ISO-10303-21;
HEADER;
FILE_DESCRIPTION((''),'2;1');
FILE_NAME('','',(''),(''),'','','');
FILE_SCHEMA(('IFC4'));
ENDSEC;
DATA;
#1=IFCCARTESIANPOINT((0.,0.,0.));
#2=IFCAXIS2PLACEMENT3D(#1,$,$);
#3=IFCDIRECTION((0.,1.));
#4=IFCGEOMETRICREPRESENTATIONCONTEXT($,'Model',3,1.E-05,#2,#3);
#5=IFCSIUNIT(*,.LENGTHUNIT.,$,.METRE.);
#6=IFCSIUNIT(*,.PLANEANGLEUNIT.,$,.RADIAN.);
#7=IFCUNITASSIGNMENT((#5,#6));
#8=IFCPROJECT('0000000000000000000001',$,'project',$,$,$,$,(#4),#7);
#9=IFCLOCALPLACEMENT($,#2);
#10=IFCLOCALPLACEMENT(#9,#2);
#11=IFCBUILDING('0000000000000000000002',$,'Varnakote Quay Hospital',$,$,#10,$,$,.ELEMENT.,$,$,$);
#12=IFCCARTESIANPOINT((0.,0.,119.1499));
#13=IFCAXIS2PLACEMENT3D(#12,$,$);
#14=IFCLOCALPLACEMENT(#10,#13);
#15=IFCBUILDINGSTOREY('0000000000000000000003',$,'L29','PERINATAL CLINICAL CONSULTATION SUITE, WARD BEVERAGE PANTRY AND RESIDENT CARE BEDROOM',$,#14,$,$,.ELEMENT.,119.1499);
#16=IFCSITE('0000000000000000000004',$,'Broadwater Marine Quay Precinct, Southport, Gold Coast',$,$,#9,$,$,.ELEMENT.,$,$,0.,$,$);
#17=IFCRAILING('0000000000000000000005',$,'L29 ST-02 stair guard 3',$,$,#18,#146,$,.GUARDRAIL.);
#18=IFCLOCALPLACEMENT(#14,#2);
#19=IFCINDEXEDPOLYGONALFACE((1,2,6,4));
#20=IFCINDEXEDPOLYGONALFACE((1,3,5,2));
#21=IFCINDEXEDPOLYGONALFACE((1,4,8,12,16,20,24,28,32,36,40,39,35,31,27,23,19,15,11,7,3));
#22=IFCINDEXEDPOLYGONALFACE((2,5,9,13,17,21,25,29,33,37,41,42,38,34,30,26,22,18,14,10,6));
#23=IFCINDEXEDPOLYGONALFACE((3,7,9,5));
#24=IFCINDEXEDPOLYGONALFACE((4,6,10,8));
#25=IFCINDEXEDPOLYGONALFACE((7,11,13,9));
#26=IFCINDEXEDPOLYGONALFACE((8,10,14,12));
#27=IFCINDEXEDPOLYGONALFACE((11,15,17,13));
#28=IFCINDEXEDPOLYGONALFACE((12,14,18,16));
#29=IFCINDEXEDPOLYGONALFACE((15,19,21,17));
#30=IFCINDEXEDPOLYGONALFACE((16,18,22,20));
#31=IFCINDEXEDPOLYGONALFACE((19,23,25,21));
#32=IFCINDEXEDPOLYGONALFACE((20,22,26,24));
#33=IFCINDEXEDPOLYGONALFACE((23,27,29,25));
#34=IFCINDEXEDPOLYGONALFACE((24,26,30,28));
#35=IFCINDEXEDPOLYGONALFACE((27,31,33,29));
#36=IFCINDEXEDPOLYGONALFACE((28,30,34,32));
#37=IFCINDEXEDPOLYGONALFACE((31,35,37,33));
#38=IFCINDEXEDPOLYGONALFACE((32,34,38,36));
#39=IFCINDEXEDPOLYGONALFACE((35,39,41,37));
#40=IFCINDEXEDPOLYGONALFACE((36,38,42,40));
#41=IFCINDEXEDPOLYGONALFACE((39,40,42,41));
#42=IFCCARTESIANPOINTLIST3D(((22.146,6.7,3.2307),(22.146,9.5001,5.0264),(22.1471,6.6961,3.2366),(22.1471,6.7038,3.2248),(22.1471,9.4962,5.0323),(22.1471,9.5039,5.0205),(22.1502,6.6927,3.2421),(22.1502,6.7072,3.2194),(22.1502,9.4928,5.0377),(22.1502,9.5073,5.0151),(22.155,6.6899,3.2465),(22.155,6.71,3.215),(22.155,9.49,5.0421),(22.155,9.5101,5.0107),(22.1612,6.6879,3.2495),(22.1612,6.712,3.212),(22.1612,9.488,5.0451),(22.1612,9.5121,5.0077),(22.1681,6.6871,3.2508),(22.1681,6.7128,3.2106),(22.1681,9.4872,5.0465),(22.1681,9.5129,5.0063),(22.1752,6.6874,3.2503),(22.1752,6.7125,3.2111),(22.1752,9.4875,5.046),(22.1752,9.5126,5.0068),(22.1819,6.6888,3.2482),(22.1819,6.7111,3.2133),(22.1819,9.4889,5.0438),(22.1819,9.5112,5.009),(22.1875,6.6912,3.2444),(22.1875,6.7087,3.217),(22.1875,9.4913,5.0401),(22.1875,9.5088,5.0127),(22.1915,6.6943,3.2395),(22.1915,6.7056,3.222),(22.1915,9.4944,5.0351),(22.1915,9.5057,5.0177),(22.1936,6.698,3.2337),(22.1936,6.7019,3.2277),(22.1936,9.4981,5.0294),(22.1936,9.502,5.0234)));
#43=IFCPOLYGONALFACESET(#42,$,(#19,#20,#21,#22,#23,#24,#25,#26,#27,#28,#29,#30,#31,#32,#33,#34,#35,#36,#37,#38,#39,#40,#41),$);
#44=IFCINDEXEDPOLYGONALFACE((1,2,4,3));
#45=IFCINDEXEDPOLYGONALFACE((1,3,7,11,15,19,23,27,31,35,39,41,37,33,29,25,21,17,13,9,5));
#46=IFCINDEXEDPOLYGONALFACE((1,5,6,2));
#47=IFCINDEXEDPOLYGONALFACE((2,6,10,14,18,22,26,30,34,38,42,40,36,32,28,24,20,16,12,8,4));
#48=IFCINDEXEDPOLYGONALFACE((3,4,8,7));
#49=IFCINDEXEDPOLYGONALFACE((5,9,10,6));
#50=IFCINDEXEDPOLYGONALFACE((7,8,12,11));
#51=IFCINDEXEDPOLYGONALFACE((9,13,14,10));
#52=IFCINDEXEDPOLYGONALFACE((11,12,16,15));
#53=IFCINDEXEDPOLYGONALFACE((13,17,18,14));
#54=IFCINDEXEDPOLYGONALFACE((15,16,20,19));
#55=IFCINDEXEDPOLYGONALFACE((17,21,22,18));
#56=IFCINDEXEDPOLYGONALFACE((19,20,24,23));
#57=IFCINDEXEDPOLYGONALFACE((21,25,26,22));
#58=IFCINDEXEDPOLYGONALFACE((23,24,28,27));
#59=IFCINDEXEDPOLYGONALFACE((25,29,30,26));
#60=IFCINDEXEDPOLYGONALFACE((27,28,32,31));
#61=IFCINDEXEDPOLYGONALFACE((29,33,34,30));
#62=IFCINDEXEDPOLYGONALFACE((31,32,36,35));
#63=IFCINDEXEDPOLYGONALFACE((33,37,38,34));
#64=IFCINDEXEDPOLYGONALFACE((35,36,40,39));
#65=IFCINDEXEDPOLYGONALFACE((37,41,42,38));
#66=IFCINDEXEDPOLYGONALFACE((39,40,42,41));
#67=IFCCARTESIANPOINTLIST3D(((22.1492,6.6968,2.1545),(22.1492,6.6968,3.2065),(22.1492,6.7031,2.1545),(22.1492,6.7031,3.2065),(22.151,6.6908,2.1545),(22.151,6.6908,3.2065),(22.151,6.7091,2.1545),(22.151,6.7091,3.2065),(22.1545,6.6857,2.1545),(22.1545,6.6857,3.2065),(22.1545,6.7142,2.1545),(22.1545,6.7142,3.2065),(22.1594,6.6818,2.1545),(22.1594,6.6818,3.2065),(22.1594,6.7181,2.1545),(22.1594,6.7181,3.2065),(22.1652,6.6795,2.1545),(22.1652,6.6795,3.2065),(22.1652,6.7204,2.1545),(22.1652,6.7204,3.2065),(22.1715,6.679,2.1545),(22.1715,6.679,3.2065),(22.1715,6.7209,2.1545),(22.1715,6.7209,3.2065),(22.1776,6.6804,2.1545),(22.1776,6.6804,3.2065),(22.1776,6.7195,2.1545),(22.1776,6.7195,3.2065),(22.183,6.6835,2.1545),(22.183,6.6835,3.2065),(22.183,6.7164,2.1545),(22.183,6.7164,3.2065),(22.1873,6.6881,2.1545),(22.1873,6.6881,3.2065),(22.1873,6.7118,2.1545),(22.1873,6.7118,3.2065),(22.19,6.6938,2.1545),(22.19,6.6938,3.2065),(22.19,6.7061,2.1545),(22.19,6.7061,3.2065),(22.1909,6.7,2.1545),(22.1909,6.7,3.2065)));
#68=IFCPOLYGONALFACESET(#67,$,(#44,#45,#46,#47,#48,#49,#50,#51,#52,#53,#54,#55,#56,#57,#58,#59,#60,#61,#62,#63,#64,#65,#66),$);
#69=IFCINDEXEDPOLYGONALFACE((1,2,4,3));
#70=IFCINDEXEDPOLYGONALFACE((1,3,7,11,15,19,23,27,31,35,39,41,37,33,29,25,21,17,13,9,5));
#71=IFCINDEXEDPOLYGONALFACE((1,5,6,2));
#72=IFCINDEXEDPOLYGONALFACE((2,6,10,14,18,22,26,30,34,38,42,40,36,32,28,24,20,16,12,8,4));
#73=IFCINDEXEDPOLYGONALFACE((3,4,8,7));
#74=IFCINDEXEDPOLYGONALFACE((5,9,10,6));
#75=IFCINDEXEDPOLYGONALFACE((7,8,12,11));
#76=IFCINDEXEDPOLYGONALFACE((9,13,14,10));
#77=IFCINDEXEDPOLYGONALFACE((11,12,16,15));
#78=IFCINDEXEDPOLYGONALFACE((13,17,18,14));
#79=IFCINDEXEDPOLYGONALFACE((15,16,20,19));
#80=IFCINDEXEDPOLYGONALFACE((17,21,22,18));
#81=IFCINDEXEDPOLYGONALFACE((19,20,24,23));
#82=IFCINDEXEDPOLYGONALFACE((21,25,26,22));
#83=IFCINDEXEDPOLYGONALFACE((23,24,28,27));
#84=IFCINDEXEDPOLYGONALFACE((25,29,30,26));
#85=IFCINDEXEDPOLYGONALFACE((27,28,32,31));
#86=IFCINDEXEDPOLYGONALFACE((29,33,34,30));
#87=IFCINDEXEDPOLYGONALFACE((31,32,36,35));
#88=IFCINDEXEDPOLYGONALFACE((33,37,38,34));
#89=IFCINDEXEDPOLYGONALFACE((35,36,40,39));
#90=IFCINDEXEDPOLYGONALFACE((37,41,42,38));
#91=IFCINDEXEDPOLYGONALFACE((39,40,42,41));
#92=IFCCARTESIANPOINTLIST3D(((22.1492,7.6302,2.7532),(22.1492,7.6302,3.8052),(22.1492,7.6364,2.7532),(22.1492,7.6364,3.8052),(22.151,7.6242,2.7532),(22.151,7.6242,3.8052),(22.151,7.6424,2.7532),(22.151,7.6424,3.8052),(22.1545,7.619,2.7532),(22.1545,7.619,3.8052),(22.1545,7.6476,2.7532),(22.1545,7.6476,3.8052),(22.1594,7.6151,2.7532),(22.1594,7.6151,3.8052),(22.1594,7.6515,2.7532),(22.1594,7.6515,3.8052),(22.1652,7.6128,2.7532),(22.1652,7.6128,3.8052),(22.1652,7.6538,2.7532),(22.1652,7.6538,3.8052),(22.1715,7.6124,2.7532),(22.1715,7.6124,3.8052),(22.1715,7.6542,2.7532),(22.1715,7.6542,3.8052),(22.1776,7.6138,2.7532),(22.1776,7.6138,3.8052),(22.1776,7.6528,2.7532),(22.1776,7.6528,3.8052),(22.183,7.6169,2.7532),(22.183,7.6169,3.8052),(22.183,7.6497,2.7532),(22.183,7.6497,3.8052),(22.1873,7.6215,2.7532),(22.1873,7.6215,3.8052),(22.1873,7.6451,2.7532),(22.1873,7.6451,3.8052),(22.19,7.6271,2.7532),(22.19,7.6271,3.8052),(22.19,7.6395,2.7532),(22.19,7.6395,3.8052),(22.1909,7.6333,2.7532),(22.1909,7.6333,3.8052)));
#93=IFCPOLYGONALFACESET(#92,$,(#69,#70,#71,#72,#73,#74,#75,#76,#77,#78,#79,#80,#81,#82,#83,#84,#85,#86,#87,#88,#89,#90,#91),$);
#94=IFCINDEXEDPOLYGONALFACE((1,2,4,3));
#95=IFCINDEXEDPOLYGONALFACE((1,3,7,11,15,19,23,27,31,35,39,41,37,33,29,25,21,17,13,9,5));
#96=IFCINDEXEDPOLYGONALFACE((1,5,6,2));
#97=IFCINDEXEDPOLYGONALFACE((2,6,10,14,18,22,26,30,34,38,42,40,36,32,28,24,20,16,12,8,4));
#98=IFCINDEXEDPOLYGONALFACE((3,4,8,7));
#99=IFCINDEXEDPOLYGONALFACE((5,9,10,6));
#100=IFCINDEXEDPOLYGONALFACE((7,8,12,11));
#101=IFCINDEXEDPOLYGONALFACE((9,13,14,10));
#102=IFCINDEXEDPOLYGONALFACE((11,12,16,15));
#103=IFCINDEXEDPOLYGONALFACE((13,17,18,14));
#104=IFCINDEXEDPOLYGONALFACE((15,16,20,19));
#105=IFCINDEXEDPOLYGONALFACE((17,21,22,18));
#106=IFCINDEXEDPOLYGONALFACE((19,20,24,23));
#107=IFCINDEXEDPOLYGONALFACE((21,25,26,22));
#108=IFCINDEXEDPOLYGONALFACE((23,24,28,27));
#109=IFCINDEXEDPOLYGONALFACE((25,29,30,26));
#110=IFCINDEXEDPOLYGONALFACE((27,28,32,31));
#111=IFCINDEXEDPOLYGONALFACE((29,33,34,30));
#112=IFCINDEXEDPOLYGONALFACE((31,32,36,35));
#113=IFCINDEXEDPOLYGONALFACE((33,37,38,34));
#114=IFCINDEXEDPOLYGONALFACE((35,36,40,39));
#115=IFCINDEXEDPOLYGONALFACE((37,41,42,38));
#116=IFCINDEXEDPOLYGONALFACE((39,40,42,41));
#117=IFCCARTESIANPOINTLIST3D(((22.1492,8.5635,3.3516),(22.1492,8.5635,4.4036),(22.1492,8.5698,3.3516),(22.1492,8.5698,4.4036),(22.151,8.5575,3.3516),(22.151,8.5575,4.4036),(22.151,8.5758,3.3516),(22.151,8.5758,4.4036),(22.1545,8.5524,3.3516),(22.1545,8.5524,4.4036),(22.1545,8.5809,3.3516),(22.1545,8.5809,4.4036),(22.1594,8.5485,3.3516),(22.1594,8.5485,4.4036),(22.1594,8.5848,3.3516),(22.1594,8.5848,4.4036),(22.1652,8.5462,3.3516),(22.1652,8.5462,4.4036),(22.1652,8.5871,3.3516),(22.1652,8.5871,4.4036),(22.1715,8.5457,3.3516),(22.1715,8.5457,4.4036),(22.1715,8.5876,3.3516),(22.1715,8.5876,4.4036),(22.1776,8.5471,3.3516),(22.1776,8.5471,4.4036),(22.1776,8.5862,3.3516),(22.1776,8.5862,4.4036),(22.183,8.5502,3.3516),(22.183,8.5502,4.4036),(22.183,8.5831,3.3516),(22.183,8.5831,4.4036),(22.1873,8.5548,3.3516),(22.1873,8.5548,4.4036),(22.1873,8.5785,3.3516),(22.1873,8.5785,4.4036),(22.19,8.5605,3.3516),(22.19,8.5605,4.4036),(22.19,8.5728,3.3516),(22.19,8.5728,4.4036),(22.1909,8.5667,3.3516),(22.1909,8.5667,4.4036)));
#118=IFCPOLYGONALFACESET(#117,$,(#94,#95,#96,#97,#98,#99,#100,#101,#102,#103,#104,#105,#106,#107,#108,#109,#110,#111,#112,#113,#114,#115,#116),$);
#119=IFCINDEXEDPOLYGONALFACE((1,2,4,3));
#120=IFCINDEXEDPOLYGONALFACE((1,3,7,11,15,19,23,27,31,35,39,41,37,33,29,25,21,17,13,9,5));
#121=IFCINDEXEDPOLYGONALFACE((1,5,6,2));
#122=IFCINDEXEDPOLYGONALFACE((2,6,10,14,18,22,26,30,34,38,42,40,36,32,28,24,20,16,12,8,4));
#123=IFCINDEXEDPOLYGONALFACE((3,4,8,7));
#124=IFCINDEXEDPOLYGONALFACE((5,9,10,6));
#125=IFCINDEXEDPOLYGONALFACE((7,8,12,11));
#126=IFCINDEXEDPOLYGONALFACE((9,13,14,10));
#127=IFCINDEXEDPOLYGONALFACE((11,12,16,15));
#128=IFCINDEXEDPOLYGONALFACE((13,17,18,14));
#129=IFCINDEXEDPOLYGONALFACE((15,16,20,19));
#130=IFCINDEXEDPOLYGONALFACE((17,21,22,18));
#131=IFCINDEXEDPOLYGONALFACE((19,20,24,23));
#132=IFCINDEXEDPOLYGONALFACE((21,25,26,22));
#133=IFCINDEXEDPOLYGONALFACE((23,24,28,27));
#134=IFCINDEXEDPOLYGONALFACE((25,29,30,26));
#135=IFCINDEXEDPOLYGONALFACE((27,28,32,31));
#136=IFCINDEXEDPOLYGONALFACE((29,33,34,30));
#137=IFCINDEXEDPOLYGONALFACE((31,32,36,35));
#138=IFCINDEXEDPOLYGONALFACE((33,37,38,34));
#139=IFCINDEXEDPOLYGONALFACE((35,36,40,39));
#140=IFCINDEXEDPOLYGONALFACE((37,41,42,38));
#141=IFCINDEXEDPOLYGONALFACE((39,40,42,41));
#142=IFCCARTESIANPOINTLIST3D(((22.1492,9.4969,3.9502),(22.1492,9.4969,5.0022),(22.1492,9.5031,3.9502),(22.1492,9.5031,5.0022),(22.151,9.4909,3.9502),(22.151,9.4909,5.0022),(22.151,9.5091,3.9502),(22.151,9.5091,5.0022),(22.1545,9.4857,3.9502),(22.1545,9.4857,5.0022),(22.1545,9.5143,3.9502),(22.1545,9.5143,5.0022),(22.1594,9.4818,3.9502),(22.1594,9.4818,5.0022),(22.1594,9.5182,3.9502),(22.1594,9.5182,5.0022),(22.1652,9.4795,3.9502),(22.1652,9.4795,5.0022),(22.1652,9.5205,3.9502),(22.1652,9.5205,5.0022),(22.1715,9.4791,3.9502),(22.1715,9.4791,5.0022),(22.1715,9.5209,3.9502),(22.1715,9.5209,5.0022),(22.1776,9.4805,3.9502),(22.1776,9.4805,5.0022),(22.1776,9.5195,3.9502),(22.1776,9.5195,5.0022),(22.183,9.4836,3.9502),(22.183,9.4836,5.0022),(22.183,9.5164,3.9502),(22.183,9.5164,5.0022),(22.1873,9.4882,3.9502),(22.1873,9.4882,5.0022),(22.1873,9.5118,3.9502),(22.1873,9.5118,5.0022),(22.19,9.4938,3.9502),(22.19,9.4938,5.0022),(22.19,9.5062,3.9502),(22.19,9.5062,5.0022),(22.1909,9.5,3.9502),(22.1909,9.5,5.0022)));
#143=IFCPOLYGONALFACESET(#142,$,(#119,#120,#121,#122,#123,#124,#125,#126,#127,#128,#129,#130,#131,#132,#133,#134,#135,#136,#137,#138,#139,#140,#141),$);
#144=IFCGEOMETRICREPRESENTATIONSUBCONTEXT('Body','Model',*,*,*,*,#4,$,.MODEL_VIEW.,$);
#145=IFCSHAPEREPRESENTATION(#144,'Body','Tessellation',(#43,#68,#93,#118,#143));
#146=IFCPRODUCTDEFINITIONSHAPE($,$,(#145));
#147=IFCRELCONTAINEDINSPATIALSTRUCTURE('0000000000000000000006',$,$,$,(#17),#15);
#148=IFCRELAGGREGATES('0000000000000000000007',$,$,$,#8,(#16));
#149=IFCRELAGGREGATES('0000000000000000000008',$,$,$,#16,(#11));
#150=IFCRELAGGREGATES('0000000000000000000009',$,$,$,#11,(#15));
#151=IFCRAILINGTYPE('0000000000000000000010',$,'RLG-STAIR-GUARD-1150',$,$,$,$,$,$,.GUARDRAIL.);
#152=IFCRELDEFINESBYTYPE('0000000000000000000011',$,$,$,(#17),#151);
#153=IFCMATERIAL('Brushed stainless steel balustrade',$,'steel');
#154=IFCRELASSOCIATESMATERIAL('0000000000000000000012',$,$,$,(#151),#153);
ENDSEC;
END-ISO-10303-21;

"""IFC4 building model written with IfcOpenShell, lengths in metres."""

from ifc_helpers import new_model, si_unit, direction, frame, origin, origin_2d, place, context, subcontext, project, spatial, circle, extrude, material, type_object, element, save


model = new_model("IFC4")

# Units and contexts
model_context = context("Model", 3, precision=1e-05, world=origin(), true_north=direction((0.0, 1.0)))
body_context = subcontext(model_context, "Body", "Model", "MODEL_VIEW")
ifc_project = project(units=[si_unit("LENGTHUNIT", "METRE"), si_unit("PLANEANGLEUNIT", "RADIAN")], contexts=[model_context])

# Site, building, storey
site_placement = place(None, origin())
site = spatial("IfcSite", under=ifc_project, at=site_placement, Name="Broadwater Marine Quay Precinct, Southport, Gold Coast", CompositionType="ELEMENT", RefElevation=0.0)
building_placement = place(site_placement, origin())
building = spatial("IfcBuilding", under=site, at=building_placement, Name="Varnakote Quay Hospital", CompositionType="ELEMENT")
storey_placement = place(building_placement, frame((0.0, 0.0, 119.1499)))
storey = spatial("IfcBuildingStorey", under=building, at=storey_placement, Name="L29", Description="PERINATAL CLINICAL CONSULTATION SUITE, WARD BEVERAGE PANTRY AND RESIDENT CARE BEDROOM", CompositionType="ELEMENT", Elevation=119.1499)

# Railing
ifc_material_1 = material(Name="Brushed stainless steel balustrade", Category="steel")
railing_type_1 = type_object("IfcRailingType", Name="RLG-STAIR-GUARD-1150", PredefinedType="GUARDRAIL", material=ifc_material_1)
railing_1_placement = place(storey_placement, frame((22.1699, 6.7, 2.1545)))
element("IfcRailing", 1, at=railing_1_placement, inside=storey, type_object=railing_type_1, Name="L29 ST-02 stair guard 3", PredefinedType="GUARDRAIL", context=body_context, shape_type="SweptSolid", body=[
    extrude(circle(Radius=0.0239, at=origin_2d()), frame((0.0, 0.0, 1.0762), z_axis=(0.0, 0.841777, 0.539826), x_axis=(-1.0, 0.0, 0.0)), (0.0, 0.0, 1.0), 3.3264),
    extrude(circle(Radius=0.021, at=origin_2d()), origin(), (0.0, 0.0, 1.0), 1.052),
    extrude(circle(Radius=0.021, at=origin_2d()), frame((0.0, 0.9333, 0.5986)), (0.0, 0.0, 1.0), 1.052),
    extrude(circle(Radius=0.021, at=origin_2d()), frame((0.0, 1.8667, 1.197)), (0.0, 0.0, 1.0), 1.052),
    extrude(circle(Radius=0.021, at=origin_2d()), frame((0.0, 2.8, 1.7957)), (0.0, 0.0, 1.0), 1.052),
])

save(model, "model.ifc")
